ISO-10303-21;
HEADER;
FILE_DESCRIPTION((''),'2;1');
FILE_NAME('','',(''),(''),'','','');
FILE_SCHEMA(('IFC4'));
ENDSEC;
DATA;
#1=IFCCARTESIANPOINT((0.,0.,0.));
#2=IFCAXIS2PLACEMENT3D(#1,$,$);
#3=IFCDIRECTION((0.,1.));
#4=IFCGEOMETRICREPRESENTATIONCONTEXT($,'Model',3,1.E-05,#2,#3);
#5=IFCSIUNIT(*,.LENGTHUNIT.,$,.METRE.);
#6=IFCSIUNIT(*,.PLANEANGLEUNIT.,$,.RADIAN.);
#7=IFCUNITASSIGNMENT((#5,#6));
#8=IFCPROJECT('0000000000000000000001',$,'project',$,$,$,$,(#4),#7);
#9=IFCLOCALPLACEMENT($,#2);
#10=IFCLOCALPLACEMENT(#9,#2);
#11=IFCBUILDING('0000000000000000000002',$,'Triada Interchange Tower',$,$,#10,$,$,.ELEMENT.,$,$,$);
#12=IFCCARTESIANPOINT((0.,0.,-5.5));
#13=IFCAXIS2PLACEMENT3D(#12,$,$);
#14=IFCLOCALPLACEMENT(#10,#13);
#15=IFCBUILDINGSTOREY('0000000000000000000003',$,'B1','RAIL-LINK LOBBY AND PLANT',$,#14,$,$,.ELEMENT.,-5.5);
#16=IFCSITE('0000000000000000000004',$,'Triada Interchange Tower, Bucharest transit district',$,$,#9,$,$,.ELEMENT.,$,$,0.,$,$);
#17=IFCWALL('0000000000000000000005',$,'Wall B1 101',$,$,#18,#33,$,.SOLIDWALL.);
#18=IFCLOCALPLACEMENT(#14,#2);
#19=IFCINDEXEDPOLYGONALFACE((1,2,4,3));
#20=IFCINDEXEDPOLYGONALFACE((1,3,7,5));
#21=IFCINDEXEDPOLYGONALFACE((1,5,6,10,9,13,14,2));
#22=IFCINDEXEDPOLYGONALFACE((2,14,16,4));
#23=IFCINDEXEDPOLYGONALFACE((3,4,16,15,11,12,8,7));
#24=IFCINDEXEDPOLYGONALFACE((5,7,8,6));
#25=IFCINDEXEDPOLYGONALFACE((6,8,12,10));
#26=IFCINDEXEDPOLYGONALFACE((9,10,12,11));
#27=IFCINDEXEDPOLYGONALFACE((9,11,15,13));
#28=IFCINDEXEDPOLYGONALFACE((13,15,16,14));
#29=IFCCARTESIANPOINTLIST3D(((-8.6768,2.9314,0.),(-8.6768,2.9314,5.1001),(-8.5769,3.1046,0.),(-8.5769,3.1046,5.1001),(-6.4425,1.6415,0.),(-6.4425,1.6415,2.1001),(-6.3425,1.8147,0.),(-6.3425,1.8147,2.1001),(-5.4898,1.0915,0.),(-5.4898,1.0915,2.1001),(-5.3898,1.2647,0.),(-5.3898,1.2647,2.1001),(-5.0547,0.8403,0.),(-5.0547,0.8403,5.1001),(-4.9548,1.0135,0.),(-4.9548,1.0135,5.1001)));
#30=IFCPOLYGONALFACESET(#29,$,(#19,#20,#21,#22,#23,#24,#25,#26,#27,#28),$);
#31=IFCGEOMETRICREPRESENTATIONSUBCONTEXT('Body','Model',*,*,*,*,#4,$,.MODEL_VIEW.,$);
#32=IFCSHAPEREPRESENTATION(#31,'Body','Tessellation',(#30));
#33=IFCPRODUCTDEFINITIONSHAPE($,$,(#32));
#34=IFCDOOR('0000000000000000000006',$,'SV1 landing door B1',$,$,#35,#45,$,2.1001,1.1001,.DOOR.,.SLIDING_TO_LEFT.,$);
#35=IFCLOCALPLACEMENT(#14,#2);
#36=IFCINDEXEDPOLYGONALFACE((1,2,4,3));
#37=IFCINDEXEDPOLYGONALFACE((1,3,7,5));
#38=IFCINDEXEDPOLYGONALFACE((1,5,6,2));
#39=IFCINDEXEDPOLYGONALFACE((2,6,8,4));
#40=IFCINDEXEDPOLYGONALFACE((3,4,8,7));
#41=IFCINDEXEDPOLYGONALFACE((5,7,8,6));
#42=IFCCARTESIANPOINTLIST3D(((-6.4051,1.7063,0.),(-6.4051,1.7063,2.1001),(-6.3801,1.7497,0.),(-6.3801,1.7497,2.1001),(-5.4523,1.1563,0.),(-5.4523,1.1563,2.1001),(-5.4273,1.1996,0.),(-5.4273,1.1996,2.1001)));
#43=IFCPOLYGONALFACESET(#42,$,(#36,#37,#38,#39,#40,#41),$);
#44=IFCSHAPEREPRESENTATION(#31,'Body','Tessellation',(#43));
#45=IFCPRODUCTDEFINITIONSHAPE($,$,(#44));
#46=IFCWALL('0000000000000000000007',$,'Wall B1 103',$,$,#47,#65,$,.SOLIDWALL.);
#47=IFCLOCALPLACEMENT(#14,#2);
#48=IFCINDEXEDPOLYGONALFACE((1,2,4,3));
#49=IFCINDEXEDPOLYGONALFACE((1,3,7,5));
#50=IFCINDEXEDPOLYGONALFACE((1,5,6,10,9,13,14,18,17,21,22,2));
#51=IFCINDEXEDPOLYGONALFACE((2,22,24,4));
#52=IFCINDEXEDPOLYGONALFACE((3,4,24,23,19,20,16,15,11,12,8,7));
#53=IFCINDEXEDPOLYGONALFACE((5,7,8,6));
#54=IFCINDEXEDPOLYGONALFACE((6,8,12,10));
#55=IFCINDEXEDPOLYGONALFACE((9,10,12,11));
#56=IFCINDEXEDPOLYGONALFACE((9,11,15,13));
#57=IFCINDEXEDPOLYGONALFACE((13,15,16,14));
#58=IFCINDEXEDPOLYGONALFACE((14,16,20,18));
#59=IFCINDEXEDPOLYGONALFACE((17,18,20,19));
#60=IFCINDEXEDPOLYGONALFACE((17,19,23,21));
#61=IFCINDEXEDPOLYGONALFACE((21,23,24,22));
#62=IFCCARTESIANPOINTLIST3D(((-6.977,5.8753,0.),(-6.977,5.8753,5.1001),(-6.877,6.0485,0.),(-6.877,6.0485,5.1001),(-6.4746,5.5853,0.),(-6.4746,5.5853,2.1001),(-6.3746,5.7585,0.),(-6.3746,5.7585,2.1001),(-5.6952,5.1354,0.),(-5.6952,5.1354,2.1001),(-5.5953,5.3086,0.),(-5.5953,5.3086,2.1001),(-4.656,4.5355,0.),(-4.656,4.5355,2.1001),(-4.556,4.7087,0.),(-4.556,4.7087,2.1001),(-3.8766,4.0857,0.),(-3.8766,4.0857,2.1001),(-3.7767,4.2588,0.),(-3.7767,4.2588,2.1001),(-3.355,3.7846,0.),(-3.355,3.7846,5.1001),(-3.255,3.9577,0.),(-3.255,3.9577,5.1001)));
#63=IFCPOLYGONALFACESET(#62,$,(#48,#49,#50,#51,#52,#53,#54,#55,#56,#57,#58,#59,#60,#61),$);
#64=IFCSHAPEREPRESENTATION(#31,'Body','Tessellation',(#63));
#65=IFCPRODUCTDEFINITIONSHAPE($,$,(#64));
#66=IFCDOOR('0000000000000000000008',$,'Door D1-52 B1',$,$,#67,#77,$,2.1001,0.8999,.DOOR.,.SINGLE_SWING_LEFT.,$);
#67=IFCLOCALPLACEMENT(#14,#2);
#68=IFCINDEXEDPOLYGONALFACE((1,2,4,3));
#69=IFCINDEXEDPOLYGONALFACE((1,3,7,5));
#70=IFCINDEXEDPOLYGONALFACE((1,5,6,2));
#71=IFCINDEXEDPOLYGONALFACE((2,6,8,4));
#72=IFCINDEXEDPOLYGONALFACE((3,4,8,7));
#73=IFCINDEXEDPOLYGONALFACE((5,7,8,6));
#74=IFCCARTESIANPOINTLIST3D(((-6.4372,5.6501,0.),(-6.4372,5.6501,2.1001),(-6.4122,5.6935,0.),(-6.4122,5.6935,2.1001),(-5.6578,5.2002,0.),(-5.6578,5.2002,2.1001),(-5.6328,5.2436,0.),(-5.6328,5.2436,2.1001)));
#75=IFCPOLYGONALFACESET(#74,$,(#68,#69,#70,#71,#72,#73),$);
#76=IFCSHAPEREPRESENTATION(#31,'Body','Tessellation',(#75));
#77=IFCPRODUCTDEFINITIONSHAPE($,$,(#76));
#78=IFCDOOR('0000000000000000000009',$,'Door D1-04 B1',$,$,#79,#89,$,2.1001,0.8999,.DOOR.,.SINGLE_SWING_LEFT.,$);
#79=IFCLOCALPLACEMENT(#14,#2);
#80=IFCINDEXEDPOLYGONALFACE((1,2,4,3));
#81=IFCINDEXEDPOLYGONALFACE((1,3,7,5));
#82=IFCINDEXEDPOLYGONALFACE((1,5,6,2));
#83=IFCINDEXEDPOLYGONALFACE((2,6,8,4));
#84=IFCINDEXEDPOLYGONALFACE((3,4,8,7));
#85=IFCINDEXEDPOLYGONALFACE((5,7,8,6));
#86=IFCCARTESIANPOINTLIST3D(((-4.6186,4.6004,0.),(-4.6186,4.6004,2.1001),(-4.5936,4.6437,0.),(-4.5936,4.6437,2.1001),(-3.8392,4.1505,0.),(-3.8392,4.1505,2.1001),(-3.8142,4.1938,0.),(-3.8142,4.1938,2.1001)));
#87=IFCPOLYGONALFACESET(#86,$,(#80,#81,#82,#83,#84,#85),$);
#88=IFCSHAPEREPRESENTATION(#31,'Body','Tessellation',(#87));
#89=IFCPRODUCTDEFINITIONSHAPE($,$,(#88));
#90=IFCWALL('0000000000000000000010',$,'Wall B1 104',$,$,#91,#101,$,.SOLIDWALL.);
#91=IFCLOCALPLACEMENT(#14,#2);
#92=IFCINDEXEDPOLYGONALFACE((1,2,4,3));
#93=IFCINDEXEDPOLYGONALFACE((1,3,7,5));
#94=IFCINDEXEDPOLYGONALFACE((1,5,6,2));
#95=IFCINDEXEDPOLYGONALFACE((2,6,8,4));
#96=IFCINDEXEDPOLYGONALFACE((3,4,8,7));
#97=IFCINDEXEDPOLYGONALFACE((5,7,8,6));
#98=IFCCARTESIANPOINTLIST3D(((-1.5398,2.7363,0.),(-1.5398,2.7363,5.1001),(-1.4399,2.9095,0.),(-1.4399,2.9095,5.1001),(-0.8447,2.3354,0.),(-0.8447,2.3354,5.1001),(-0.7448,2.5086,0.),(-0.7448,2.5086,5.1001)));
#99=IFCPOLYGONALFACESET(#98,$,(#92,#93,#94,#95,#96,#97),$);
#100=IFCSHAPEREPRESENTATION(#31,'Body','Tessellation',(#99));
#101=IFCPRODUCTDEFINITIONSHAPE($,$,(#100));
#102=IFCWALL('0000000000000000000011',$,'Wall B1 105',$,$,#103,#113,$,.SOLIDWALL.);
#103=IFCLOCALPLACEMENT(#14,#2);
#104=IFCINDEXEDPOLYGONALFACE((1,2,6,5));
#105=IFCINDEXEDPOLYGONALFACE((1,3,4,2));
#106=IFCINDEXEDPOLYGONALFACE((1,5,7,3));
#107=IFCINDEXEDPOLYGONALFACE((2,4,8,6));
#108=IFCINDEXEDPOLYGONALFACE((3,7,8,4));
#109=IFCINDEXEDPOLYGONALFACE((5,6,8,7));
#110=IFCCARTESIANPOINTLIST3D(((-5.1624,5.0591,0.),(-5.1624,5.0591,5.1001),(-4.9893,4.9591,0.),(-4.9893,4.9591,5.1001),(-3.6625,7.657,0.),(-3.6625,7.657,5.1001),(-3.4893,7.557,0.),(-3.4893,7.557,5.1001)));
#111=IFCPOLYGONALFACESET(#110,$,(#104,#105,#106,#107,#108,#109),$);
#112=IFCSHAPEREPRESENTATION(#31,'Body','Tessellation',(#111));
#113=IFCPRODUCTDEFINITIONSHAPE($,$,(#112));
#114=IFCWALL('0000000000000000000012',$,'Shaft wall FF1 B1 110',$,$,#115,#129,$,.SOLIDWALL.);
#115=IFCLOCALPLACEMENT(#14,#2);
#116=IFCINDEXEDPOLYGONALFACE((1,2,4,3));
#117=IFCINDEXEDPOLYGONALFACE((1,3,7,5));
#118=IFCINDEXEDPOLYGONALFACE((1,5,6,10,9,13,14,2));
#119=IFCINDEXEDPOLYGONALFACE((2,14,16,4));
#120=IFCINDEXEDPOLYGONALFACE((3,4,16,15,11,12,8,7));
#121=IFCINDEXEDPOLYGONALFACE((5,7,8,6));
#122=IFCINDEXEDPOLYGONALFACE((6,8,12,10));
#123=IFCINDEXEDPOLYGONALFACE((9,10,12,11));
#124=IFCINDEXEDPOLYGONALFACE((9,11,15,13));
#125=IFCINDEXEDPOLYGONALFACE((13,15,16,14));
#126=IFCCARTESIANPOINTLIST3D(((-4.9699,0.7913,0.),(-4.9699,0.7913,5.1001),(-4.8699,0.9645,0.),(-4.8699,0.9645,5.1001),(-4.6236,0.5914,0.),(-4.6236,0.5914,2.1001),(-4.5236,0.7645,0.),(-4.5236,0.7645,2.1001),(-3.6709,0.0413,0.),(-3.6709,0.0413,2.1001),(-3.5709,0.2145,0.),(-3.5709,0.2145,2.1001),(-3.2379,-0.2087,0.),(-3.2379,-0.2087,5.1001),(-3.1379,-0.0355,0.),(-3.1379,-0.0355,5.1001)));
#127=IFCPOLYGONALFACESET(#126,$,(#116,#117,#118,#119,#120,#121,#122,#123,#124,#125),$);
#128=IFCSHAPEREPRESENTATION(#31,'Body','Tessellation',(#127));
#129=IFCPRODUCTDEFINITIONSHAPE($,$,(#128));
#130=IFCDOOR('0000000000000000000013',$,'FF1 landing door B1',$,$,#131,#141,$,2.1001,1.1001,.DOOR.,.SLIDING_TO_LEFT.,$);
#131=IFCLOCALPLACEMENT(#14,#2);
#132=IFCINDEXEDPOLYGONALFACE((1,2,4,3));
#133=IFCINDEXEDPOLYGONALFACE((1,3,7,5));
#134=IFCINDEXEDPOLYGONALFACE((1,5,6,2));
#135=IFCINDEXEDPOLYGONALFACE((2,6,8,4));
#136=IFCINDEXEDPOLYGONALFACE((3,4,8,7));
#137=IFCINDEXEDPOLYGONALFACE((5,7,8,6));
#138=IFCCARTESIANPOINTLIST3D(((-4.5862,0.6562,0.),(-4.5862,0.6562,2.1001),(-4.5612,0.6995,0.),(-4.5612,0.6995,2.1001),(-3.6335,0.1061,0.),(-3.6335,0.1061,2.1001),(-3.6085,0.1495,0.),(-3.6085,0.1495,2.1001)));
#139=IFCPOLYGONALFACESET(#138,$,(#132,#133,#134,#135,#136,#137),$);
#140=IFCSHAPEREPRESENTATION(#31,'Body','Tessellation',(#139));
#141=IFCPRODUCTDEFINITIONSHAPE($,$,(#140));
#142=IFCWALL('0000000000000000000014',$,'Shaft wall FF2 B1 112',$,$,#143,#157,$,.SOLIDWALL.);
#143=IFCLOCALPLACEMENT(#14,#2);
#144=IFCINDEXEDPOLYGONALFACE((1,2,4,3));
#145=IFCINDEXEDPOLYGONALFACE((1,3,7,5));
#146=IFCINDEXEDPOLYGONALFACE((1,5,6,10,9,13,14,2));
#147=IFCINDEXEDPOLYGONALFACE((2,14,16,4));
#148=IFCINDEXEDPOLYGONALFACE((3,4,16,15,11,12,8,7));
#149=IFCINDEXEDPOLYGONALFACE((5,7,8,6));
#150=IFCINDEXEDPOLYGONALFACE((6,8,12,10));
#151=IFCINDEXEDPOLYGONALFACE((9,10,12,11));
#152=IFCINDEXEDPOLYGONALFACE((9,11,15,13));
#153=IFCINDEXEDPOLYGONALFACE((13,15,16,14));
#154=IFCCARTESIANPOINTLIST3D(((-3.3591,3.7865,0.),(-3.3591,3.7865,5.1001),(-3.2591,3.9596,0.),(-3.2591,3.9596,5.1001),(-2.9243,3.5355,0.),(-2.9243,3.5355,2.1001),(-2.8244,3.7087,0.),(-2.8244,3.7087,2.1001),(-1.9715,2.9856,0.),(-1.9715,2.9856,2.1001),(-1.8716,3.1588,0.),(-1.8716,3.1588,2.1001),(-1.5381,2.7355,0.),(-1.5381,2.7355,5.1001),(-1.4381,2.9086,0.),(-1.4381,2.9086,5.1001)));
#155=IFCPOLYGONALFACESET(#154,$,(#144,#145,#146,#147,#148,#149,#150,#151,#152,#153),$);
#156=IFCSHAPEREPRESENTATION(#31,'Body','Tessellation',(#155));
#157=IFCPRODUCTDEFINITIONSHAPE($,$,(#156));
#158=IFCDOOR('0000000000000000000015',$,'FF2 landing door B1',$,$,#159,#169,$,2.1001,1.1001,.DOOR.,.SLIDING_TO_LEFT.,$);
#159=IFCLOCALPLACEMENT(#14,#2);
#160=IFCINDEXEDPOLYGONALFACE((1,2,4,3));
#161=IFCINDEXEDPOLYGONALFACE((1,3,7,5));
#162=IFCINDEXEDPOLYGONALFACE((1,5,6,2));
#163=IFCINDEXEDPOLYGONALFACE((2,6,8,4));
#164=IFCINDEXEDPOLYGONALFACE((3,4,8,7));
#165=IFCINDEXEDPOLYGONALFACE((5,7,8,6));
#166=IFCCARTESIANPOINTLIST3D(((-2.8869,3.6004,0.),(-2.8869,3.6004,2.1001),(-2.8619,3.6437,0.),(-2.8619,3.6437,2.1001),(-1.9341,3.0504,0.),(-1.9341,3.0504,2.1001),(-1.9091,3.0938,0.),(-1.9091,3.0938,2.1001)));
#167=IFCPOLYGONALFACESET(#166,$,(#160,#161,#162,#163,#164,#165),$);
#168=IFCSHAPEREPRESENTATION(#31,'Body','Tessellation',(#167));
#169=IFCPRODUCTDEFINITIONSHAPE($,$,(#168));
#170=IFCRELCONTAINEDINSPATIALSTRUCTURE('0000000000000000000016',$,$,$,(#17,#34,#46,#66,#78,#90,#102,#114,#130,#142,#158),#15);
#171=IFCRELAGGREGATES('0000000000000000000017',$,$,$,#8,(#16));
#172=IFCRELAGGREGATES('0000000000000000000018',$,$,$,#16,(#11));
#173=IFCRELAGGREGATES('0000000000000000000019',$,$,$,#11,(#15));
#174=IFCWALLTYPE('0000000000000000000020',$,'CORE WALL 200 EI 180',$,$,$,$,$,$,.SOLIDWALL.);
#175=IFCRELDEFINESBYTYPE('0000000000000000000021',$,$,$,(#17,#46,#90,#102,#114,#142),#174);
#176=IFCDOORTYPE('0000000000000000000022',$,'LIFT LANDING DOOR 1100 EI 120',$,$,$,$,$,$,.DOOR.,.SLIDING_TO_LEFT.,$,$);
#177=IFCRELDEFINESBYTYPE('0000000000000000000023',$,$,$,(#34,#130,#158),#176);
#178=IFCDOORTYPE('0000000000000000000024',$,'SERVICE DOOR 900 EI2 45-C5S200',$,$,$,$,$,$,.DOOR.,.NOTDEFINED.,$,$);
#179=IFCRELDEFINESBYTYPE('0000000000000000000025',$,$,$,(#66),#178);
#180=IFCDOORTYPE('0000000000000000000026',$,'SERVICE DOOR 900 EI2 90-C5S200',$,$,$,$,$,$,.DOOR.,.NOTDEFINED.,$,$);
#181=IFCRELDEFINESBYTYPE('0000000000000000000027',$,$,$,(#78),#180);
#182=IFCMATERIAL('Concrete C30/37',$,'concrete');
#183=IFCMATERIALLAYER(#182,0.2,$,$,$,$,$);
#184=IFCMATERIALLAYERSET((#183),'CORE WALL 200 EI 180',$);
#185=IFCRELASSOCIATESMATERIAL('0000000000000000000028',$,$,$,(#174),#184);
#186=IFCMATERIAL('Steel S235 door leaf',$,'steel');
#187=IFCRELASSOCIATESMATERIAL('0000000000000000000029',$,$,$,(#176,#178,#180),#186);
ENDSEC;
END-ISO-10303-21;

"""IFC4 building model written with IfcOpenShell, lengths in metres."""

from ifc_helpers import new_model, si_unit, direction, frame, frame_2d, origin, place, context, subcontext, project, spatial, rectangle, extrude, material, layer, layer_set, type_object, element, fill, save


model = new_model("IFC4")

# Units and contexts
model_context = context("Model", 3, precision=1e-05, world=origin(), true_north=direction((0.0, 1.0)))
body_context = subcontext(model_context, "Body", "Model", "MODEL_VIEW")
ifc_project = project(units=[si_unit("LENGTHUNIT", "METRE"), si_unit("PLANEANGLEUNIT", "RADIAN")], contexts=[model_context])

# Site, building, storey
site_placement = place(None, origin())
site = spatial("IfcSite", under=ifc_project, at=site_placement, Name="Triada Interchange Tower, Bucharest transit district", CompositionType="ELEMENT", RefElevation=0.0)
building_placement = place(site_placement, origin())
building = spatial("IfcBuilding", under=site, at=building_placement, Name="Triada Interchange Tower", CompositionType="ELEMENT")
storey_placement = place(building_placement, frame((0.0, 0.0, -5.5)))
storey = spatial("IfcBuildingStorey", under=building, at=storey_placement, Name="B1", Description="RAIL-LINK LOBBY AND PLANT", CompositionType="ELEMENT", Elevation=-5.5)

# Shared definitions
ifc_material_1 = material(Name="Concrete C30/37", Category="concrete")

# Wall, opening, door
ifc_layer_1 = layer(ifc_material_1, 0.2)
ifc_layer_set_1 = layer_set([ifc_layer_1], Name="CORE WALL 200 EI 180")
wall_type_1 = type_object("IfcWallType", Name="CORE WALL 200 EI 180", PredefinedType="SOLIDWALL", material=ifc_layer_set_1)
wall_1_placement = place(storey_placement, frame((-8.627, 3.0181, 0.0), z_axis=(0.0, 0.0, 1.0), x_axis=(0.86604, -0.499975, 0.0)))
wall_1 = element("IfcWall", 1, at=wall_1_placement, inside=storey, type_object=wall_type_1, Name="Wall B1 101", PredefinedType="SOLIDWALL", context=body_context, shape_type="SweptSolid", body=[
    extrude(rectangle(XDim=4.1824, YDim=0.2, at=frame_2d((2.0913, 0.0))), origin(), (0.0, 0.0, 1.0), 5.1001),
])
opening_1_placement = place(wall_1_placement, frame((2.5801, 0.0, 0.0)))
opening_1 = element("IfcOpeningElement", 2, at=opening_1_placement, cuts=wall_1, PredefinedType="OPENING", context=body_context, shape_type="SweptSolid", body=[
    extrude(rectangle(XDim=1.1001, YDim=2.1001, at=frame_2d((0.55, 1.05))), frame((0.0, 0.1099, 0.0), z_axis=(0.0, -1.0, 0.0), x_axis=(1.0, 0.0, 0.0)), (0.0, 0.0, 1.0), 0.22),
])
ifc_material_2 = material(Name="Steel S235 door leaf", Category="steel")
door_type_1 = type_object("IfcDoorType", Name="LIFT LANDING DOOR 1100 EI 120", OperationType="SLIDING_TO_LEFT", PredefinedType="DOOR", material=ifc_material_2)
door_1_placement = place(opening_1_placement, origin())
door_1 = element("IfcDoor", 3, at=door_1_placement, inside=storey, type_object=door_type_1, Name="SV1 landing door B1", OperationType="SLIDING_TO_LEFT", OverallHeight=2.1001, OverallWidth=1.1001, PredefinedType="DOOR", context=body_context, shape_type="SweptSolid", body=[
    extrude(rectangle(XDim=1.1001, YDim=2.1001, at=frame_2d((0.55, 1.05))), frame((0.0, 0.0249, 0.0), z_axis=(0.0, -1.0, 0.0), x_axis=(1.0, 0.0, 0.0)), (0.0, 0.0, 1.0), 0.05),
])
fill(opening_1, door_1)

# Wall, openings, doors
wall_2_placement = place(storey_placement, frame((-6.927, 5.9619, 0.0), z_axis=(0.0, 0.0, 1.0), x_axis=(0.866065, -0.499931, 0.0)))
wall_2 = element("IfcWall", 4, at=wall_2_placement, inside=storey, type_object=wall_type_1, Name="Wall B1 103", PredefinedType="SOLIDWALL", context=body_context, shape_type="SweptSolid", body=[
    extrude(rectangle(XDim=4.1821, YDim=0.2, at=frame_2d((2.0911, 0.0))), origin(), (0.0, 0.0, 1.0), 5.1001),
])
opening_2_placement = place(wall_2_placement, frame((2.6799, 0.0, 0.0)))
opening_2 = element("IfcOpeningElement", 5, at=opening_2_placement, cuts=wall_2, PredefinedType="OPENING", context=body_context, shape_type="SweptSolid", body=[
    extrude(rectangle(XDim=0.8999, YDim=2.1001, at=frame_2d((0.45, 1.05))), frame((0.0, 0.1099, 0.0), z_axis=(0.0, -1.0, 0.0), x_axis=(1.0, 0.0, 0.0)), (0.0, 0.0, 1.0), 0.22),
])
opening_3_placement = place(wall_2_placement, frame((0.5801, 0.0, 0.0)))
opening_3 = element("IfcOpeningElement", 6, at=opening_3_placement, cuts=wall_2, PredefinedType="OPENING", context=body_context, shape_type="SweptSolid", body=[
    extrude(rectangle(XDim=0.8999, YDim=2.1001, at=frame_2d((0.45, 1.05))), frame((0.0, 0.1099, 0.0), z_axis=(0.0, -1.0, 0.0), x_axis=(1.0, 0.0, 0.0)), (0.0, 0.0, 1.0), 0.22),
])
door_type_2 = type_object("IfcDoorType", Name="SERVICE DOOR 900 EI2 45-C5S200", OperationType="NOTDEFINED", PredefinedType="DOOR", material=ifc_material_2)
door_2_placement = place(opening_3_placement, origin())
door_2 = element("IfcDoor", 7, at=door_2_placement, inside=storey, type_object=door_type_2, Name="Door D1-52 B1", OperationType="SINGLE_SWING_LEFT", OverallHeight=2.1001, OverallWidth=0.8999, PredefinedType="DOOR", context=body_context, shape_type="SweptSolid", body=[
    extrude(rectangle(XDim=0.8999, YDim=2.1001, at=frame_2d((0.45, 1.05))), frame((0.0, 0.0249, 0.0), z_axis=(0.0, -1.0, 0.0), x_axis=(1.0, 0.0, 0.0)), (0.0, 0.0, 1.0), 0.05),
])
fill(opening_3, door_2)
door_type_3 = type_object("IfcDoorType", Name="SERVICE DOOR 900 EI2 90-C5S200", OperationType="NOTDEFINED", PredefinedType="DOOR", material=ifc_material_2)
door_3_placement = place(opening_2_placement, origin())
door_3 = element("IfcDoor", 8, at=door_3_placement, inside=storey, type_object=door_type_3, Name="Door D1-04 B1", OperationType="SINGLE_SWING_LEFT", OverallHeight=2.1001, OverallWidth=0.8999, PredefinedType="DOOR", context=body_context, shape_type="SweptSolid", body=[
    extrude(rectangle(XDim=0.8999, YDim=2.1001, at=frame_2d((0.45, 1.05))), frame((0.0, 0.0249, 0.0), z_axis=(0.0, -1.0, 0.0), x_axis=(1.0, 0.0, 0.0)), (0.0, 0.0, 1.0), 0.05),
])
fill(opening_2, door_3)

# Walls
wall_3_placement = place(storey_placement, frame((-1.49, 2.823, 0.0), z_axis=(0.0, 0.0, 1.0), x_axis=(0.866251, -0.499608, 0.0)))
element("IfcWall", 9, at=wall_3_placement, inside=storey, type_object=wall_type_1, Name="Wall B1 104", PredefinedType="SOLIDWALL", context=body_context, shape_type="SweptSolid", body=[
    extrude(rectangle(XDim=0.8025, YDim=0.2, at=frame_2d((0.4014, 0.0))), origin(), (0.0, 0.0, 1.0), 5.1001),
])
wall_4_placement = place(storey_placement, frame((-5.0759, 5.009, 0.0), z_axis=(0.0, 0.0, 1.0), x_axis=(0.500025, 0.866011, 0.0)))
element("IfcWall", 10, at=wall_4_placement, inside=storey, type_object=wall_type_1, Name="Wall B1 105", PredefinedType="SOLIDWALL", context=body_context, shape_type="SweptSolid", body=[
    extrude(rectangle(XDim=2.9998, YDim=0.2, at=frame_2d((1.5, 0.0))), origin(), (0.0, 0.0, 1.0), 5.1001),
])

# Walls, openings, doors
wall_5_placement = place(storey_placement, frame((-4.9199, 0.8779, 0.0), z_axis=(0.0, 0.0, 1.0), x_axis=(0.866011, -0.500025, 0.0)))
wall_5 = element("IfcWall", 11, at=wall_5_placement, inside=storey, type_object=wall_type_1, Name="Shaft wall FF1 B1 110", PredefinedType="SOLIDWALL", context=body_context, shape_type="SweptSolid", body=[
    extrude(rectangle(XDim=2.0, YDim=0.2, at=frame_2d((1.0, 0.0))), origin(), (0.0, 0.0, 1.0), 5.1001),
])
opening_4_placement = place(wall_5_placement, frame((0.3999, 0.0, 0.0)))
opening_4 = element("IfcOpeningElement", 12, at=opening_4_placement, cuts=wall_5, PredefinedType="OPENING", context=body_context, shape_type="SweptSolid", body=[
    extrude(rectangle(XDim=1.1001, YDim=2.1001, at=frame_2d((0.55, 1.05))), frame((0.0, 0.1099, 0.0), z_axis=(0.0, -1.0, 0.0), x_axis=(1.0, 0.0, 0.0)), (0.0, 0.0, 1.0), 0.22),
])
door_4_placement = place(opening_4_placement, origin())
door_4 = element("IfcDoor", 13, at=door_4_placement, inside=storey, type_object=door_type_1, Name="FF1 landing door B1", OperationType="SLIDING_TO_LEFT", OverallHeight=2.1001, OverallWidth=1.1001, PredefinedType="DOOR", context=body_context, shape_type="SweptSolid", body=[
    extrude(rectangle(XDim=1.1001, YDim=2.1001, at=frame_2d((0.55, 1.05))), frame((0.0, 0.0249, 0.0), z_axis=(0.0, -1.0, 0.0), x_axis=(1.0, 0.0, 0.0)), (0.0, 0.0, 1.0), 0.05),
])
fill(opening_4, door_4)
wall_6_placement = place(storey_placement, frame((-3.3091, 3.873, 0.0), z_axis=(0.0, 0.0, 1.0), x_axis=(0.866099, -0.499873, 0.0)))
wall_6 = element("IfcWall", 14, at=wall_6_placement, inside=storey, type_object=wall_type_1, Name="Shaft wall FF2 B1 112", PredefinedType="SOLIDWALL", context=body_context, shape_type="SweptSolid", body=[
    extrude(rectangle(XDim=2.1025, YDim=0.2, at=frame_2d((1.0513, 0.0))), origin(), (0.0, 0.0, 1.0), 5.1001),
])
opening_5_placement = place(wall_6_placement, frame((0.502, 0.0, 0.0)))
opening_5 = element("IfcOpeningElement", 15, at=opening_5_placement, cuts=wall_6, PredefinedType="OPENING", context=body_context, shape_type="SweptSolid", body=[
    extrude(rectangle(XDim=1.1001, YDim=2.1001, at=frame_2d((0.55, 1.05))), frame((0.0, 0.1099, 0.0), z_axis=(0.0, -1.0, 0.0), x_axis=(1.0, 0.0, 0.0)), (0.0, 0.0, 1.0), 0.22),
])
door_5_placement = place(opening_5_placement, origin())
door_5 = element("IfcDoor", 16, at=door_5_placement, inside=storey, type_object=door_type_1, Name="FF2 landing door B1", OperationType="SLIDING_TO_LEFT", OverallHeight=2.1001, OverallWidth=1.1001, PredefinedType="DOOR", context=body_context, shape_type="SweptSolid", body=[
    extrude(rectangle(XDim=1.1001, YDim=2.1001, at=frame_2d((0.55, 1.05))), frame((0.0, 0.0249, 0.0), z_axis=(0.0, -1.0, 0.0), x_axis=(1.0, 0.0, 0.0)), (0.0, 0.0, 1.0), 0.05),
])
fill(opening_5, door_5)

save(model, "model.ifc")
